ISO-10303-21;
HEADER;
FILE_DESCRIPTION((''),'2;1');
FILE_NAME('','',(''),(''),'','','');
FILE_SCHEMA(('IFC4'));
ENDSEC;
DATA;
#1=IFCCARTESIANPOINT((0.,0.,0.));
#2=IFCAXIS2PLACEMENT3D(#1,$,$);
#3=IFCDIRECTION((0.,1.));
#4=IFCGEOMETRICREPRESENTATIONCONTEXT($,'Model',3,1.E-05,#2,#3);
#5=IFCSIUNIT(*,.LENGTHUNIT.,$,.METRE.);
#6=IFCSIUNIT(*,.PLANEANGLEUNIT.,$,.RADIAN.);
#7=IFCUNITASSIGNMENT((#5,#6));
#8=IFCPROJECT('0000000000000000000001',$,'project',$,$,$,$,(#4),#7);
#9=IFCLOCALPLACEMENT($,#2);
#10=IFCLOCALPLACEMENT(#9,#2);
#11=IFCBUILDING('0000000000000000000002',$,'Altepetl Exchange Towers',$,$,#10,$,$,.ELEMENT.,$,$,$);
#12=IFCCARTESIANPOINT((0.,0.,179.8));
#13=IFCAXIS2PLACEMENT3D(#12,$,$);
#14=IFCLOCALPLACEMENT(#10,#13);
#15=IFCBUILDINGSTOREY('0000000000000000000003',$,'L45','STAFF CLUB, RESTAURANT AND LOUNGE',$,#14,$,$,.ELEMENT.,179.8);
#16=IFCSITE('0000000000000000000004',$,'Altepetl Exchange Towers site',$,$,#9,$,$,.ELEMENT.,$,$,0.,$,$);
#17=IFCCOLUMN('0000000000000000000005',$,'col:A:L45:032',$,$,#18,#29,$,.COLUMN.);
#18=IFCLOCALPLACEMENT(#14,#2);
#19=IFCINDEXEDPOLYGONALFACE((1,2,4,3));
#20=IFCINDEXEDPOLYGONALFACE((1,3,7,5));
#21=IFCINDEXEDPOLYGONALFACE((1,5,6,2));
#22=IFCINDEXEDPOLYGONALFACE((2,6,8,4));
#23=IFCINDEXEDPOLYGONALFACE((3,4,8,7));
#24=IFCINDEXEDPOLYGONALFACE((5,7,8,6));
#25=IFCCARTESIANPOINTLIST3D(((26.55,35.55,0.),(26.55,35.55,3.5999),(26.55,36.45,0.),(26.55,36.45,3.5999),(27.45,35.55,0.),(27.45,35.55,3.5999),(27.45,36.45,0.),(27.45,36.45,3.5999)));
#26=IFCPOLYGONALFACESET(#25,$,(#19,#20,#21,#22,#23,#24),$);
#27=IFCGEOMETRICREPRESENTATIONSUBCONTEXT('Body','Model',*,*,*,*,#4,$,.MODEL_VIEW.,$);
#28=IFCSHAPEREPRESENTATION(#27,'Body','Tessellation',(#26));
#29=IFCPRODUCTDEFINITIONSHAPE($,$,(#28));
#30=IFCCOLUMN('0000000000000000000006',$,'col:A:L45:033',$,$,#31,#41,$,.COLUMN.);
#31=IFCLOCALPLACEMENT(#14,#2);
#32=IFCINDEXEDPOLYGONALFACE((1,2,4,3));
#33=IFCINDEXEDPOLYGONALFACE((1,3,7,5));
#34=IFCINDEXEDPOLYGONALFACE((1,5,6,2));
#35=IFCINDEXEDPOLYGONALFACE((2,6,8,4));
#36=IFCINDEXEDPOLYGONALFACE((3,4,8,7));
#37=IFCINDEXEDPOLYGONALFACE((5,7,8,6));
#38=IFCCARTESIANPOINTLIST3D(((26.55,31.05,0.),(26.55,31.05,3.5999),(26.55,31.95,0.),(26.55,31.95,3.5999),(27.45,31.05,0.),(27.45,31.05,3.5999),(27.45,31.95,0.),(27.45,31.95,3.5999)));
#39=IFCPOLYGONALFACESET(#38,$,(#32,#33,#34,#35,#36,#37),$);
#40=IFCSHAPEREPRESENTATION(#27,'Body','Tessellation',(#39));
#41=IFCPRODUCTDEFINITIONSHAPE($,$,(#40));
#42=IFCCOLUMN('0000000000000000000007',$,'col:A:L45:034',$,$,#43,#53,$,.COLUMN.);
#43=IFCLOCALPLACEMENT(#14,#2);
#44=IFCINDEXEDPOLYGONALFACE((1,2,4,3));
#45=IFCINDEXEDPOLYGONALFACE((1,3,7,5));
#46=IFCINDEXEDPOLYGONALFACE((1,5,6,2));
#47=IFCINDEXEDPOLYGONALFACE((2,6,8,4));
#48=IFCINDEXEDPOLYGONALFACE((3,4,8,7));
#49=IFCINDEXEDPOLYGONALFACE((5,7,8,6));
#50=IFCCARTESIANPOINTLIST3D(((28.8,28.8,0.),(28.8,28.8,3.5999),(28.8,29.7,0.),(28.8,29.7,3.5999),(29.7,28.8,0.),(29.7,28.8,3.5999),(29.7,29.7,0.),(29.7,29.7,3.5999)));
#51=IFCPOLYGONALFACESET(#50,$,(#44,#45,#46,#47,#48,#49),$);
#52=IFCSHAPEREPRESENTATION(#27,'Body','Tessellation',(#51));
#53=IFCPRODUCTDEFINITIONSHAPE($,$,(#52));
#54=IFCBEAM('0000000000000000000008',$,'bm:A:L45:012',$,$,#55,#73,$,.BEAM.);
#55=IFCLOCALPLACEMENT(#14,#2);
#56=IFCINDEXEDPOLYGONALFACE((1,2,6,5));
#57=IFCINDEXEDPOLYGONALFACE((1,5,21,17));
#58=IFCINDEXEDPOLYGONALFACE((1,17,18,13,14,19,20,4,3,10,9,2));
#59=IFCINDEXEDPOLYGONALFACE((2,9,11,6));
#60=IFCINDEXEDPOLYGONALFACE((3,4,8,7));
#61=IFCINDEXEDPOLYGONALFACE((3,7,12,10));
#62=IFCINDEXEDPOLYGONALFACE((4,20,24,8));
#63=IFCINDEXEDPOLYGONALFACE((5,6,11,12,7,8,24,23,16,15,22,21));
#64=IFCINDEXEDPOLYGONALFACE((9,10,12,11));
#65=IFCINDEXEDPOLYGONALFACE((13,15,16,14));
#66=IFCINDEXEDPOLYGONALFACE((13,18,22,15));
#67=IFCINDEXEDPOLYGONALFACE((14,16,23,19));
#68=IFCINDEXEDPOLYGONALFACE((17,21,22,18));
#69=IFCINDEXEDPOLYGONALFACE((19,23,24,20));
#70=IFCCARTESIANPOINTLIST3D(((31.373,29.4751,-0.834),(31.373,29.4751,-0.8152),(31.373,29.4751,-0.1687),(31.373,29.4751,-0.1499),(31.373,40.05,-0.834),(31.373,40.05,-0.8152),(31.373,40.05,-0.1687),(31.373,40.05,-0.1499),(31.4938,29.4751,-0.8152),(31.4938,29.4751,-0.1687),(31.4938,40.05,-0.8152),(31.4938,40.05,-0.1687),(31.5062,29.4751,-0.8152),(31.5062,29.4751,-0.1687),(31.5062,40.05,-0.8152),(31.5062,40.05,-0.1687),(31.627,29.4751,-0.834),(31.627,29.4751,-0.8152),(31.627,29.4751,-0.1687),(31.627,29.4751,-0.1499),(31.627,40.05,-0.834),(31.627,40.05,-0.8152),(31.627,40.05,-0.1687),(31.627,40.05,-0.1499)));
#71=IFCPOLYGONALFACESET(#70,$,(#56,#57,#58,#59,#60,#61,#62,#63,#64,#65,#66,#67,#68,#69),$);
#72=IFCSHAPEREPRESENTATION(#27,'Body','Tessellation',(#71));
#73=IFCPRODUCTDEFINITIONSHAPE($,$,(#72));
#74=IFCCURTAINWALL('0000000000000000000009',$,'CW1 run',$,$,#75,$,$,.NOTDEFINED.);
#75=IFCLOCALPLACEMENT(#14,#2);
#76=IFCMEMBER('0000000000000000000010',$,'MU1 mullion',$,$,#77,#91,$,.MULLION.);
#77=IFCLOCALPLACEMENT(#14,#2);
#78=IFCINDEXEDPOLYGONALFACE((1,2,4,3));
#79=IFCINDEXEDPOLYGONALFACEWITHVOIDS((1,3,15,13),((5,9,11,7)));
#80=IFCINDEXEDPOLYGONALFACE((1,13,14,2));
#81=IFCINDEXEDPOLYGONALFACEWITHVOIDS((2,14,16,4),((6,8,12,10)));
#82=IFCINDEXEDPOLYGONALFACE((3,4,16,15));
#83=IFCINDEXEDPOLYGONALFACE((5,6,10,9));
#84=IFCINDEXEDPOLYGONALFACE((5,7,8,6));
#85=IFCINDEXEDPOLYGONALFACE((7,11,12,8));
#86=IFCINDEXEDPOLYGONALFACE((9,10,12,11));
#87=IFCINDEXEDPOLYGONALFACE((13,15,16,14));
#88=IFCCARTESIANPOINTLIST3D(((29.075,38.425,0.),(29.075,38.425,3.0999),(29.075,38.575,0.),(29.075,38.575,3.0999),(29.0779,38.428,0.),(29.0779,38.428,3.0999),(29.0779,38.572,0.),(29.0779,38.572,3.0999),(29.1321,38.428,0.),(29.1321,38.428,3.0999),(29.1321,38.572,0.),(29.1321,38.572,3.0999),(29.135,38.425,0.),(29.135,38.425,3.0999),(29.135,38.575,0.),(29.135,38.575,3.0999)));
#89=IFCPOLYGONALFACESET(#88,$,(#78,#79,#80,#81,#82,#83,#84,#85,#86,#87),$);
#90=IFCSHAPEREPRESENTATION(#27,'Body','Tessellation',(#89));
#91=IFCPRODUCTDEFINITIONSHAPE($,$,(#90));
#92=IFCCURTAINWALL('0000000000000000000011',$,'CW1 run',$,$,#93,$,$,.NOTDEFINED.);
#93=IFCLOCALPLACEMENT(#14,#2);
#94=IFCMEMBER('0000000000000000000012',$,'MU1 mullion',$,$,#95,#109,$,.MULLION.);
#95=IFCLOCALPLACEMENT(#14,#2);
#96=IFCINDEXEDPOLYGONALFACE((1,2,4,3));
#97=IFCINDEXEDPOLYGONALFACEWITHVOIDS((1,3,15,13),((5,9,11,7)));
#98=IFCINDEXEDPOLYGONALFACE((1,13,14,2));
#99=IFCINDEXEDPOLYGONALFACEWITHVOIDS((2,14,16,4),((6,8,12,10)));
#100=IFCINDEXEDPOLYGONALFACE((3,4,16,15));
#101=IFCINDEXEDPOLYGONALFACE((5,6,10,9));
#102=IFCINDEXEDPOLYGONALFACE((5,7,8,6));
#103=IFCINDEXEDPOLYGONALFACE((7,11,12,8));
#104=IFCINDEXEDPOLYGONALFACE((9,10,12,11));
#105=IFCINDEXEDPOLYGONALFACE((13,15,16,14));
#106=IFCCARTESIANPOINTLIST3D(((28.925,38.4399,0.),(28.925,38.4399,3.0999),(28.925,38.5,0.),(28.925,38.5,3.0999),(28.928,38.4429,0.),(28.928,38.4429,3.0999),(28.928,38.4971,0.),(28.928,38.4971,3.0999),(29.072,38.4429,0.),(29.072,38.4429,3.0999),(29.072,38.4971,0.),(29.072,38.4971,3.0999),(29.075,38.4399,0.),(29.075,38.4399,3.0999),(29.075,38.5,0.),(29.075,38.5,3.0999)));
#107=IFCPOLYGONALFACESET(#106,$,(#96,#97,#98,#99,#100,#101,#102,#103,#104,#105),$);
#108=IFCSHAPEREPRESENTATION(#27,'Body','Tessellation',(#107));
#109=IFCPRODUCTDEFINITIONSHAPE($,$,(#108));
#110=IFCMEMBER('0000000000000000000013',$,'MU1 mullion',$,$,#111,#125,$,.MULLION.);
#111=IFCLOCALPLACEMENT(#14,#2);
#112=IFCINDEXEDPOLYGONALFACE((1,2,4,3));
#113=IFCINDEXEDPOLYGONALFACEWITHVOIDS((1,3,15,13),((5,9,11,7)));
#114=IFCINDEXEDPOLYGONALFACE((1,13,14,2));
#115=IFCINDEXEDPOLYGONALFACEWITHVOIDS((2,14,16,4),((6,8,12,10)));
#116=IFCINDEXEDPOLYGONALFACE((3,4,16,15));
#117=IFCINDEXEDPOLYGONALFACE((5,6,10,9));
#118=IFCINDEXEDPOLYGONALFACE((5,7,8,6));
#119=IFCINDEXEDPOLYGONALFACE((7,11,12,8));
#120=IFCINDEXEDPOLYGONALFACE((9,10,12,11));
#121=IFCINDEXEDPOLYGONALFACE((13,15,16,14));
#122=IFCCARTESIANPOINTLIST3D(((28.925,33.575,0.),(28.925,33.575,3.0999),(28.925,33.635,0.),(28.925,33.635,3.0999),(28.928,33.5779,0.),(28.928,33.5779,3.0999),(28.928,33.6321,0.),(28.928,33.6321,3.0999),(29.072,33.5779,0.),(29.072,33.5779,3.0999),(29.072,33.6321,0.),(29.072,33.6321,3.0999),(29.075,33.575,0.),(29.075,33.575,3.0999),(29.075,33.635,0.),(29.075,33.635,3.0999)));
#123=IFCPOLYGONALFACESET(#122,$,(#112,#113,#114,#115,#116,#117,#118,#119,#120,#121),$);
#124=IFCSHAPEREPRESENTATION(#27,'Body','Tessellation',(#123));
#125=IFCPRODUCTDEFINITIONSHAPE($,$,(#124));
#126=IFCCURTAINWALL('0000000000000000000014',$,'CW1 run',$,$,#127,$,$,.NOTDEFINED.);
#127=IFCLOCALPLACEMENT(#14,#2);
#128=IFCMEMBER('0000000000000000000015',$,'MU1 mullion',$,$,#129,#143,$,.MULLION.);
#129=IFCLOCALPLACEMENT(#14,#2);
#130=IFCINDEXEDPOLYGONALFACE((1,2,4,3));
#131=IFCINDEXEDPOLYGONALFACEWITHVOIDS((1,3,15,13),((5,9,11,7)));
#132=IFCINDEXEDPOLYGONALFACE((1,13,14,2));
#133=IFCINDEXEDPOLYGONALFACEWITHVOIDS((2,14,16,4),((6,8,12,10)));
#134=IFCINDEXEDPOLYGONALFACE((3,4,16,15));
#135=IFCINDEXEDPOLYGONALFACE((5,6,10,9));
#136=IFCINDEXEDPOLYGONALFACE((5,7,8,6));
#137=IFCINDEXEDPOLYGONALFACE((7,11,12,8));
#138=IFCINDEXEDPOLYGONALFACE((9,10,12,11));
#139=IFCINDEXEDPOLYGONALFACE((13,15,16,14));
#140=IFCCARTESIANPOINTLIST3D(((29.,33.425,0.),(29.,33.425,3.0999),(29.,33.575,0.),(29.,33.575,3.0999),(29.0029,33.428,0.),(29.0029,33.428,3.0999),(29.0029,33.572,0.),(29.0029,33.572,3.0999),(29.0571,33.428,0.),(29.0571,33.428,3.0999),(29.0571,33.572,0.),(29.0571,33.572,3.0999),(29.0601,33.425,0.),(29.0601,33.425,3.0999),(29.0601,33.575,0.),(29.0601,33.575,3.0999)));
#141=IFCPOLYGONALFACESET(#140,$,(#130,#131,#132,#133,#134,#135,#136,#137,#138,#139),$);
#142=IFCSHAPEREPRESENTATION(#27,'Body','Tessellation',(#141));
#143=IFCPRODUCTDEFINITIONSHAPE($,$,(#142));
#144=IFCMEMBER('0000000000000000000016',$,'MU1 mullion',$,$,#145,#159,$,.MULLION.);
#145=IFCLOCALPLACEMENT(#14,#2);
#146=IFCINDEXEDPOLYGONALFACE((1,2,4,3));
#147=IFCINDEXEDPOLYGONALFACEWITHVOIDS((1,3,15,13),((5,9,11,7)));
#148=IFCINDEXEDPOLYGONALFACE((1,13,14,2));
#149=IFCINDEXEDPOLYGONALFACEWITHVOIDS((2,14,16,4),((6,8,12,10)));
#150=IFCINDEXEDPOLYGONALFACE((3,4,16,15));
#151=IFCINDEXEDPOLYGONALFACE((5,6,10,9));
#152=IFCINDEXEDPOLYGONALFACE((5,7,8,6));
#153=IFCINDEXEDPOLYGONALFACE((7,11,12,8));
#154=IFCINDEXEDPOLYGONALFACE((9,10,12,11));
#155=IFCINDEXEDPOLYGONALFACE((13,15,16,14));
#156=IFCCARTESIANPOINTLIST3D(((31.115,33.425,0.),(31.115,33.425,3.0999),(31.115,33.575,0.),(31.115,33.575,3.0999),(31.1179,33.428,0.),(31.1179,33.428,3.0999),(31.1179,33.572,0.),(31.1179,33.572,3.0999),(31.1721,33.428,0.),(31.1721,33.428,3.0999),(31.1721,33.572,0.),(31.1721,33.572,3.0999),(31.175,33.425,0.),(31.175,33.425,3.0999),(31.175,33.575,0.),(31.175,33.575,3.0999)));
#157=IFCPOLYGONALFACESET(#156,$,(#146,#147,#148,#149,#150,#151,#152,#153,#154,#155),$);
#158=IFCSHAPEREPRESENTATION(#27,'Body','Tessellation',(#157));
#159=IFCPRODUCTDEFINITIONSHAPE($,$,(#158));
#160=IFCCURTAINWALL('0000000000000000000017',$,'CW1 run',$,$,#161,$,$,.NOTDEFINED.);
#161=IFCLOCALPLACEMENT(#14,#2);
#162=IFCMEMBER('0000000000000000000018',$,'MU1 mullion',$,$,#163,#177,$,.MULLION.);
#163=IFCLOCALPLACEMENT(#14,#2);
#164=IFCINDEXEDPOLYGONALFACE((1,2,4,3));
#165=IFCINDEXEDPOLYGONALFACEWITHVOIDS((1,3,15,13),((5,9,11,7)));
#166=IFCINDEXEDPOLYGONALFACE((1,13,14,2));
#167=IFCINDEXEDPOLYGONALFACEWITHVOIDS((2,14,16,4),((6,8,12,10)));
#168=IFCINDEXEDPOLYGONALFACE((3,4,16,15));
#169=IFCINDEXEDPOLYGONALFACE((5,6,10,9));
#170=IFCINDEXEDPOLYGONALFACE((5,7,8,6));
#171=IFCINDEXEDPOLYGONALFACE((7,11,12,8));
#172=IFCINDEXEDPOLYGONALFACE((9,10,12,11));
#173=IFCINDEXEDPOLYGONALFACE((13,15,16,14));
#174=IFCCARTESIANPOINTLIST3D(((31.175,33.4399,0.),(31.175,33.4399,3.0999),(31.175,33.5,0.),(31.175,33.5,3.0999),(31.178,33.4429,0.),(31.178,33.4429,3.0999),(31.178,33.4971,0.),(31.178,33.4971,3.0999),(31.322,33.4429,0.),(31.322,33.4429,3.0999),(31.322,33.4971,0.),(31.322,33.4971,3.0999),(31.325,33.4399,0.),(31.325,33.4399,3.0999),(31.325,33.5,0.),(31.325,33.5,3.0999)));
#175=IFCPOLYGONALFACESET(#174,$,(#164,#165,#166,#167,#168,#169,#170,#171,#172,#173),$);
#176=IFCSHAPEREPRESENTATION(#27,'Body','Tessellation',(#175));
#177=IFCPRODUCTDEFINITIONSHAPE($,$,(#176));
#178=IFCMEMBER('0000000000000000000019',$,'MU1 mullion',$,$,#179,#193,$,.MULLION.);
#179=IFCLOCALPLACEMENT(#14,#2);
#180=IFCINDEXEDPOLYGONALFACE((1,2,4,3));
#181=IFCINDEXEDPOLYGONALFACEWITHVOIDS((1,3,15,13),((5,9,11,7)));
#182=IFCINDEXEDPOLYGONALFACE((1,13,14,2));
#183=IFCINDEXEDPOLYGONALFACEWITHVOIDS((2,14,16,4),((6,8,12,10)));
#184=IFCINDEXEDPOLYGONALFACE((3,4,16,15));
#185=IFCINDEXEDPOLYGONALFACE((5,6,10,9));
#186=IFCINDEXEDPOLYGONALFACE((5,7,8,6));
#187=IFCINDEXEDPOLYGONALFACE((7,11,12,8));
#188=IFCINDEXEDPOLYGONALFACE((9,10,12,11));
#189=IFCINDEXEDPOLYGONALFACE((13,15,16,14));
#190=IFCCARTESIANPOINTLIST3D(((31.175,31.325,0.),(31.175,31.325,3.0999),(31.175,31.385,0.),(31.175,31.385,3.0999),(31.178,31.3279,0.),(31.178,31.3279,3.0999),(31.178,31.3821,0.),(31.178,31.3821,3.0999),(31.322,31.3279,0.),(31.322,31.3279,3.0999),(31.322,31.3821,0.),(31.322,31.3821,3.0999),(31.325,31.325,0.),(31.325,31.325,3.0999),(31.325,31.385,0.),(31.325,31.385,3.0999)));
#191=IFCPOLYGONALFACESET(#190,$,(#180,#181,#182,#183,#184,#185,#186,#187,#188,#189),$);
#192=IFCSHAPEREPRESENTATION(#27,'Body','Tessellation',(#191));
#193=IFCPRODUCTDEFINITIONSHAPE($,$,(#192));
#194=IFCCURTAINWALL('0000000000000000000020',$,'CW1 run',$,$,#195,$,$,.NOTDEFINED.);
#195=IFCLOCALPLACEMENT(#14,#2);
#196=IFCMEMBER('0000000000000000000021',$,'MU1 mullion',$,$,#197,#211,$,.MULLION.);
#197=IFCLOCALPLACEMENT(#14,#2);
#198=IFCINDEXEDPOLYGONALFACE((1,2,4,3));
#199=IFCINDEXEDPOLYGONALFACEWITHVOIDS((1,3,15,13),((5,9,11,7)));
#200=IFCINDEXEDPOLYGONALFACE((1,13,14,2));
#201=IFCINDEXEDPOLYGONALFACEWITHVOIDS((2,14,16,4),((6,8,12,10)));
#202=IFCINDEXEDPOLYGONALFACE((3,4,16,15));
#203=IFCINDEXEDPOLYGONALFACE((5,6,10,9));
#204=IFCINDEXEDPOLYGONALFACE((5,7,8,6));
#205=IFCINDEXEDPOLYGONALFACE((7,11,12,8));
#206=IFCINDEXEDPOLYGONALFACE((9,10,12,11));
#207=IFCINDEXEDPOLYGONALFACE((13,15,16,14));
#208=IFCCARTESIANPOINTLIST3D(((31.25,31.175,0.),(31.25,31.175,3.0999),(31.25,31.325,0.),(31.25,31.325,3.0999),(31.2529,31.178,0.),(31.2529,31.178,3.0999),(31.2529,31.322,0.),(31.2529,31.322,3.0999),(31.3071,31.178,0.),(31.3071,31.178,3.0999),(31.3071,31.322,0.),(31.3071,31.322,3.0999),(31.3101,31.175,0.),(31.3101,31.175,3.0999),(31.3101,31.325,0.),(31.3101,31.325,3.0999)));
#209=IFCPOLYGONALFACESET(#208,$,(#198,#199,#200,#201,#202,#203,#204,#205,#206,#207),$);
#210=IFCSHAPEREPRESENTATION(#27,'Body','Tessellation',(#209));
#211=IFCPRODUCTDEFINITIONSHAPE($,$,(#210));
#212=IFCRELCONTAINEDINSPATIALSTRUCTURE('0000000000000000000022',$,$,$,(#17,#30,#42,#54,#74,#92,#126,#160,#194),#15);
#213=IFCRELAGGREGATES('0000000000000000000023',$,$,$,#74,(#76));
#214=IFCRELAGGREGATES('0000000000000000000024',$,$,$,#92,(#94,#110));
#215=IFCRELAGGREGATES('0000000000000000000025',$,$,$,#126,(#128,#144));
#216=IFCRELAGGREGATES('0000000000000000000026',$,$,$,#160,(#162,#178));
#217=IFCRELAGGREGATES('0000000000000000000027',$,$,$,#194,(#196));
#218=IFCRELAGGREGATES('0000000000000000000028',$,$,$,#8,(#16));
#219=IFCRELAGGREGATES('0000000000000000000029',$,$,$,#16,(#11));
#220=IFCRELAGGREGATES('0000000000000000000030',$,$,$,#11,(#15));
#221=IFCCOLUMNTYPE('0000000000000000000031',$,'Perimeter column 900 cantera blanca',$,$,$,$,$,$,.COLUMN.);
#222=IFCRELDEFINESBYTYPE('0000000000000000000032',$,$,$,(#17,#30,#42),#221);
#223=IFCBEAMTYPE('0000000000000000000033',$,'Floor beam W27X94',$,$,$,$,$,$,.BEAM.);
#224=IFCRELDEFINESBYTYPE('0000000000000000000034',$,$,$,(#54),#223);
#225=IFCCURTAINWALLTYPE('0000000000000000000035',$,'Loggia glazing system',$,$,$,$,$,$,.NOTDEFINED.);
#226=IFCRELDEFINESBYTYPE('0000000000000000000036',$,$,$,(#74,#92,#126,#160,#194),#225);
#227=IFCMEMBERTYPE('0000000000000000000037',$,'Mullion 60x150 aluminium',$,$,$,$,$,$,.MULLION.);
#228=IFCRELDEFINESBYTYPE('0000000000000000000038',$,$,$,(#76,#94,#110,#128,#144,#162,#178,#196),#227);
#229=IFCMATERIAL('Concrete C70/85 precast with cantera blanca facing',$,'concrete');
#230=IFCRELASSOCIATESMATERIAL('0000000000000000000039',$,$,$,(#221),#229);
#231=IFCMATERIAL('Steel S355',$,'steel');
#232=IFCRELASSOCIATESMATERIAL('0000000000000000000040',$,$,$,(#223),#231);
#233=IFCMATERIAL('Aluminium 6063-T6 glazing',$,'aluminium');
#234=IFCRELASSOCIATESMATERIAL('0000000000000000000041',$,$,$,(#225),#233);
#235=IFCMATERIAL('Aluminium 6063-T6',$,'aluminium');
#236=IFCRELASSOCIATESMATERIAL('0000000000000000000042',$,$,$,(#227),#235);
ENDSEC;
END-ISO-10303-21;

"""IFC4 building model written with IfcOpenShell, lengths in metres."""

from ifc_helpers import new_model, si_unit, direction, frame, origin, origin_2d, place, context, subcontext, project, spatial, rectangle, hollow_rectangle, i_section, extrude, material, material_profile, profile_set, type_object, element, aggregate, save


model = new_model("IFC4")

# Units and contexts
model_context = context("Model", 3, precision=1e-05, world=origin(), true_north=direction((0.0, 1.0)))
body_context = subcontext(model_context, "Body", "Model", "MODEL_VIEW")
ifc_project = project(units=[si_unit("LENGTHUNIT", "METRE"), si_unit("PLANEANGLEUNIT", "RADIAN")], contexts=[model_context])

# Site, building, storey
site_placement = place(None, origin())
site = spatial("IfcSite", under=ifc_project, at=site_placement, Name="Altepetl Exchange Towers site", CompositionType="ELEMENT", RefElevation=0.0)
building_placement = place(site_placement, origin())
building = spatial("IfcBuilding", under=site, at=building_placement, Name="Altepetl Exchange Towers", CompositionType="ELEMENT")
storey_placement = place(building_placement, frame((0.0, 0.0, 179.8)))
storey = spatial("IfcBuildingStorey", under=building, at=storey_placement, Name="L45", Description="STAFF CLUB, RESTAURANT AND LOUNGE", CompositionType="ELEMENT", Elevation=179.8)

# Columns
ifc_material_1 = material(Name="Concrete C70/85 precast with cantera blanca facing", Category="concrete")
ifc_material_profile_1 = material_profile(ifc_material_1, rectangle(XDim=0.8999, YDim=0.8999, at=origin_2d()), Name="900 x 900")
ifc_profile_set_1 = profile_set([ifc_material_profile_1], Name="Concrete C70/85 precast with cantera blanca facing")
column_type = type_object("IfcColumnType", Name="Perimeter column 900 cantera blanca", PredefinedType="COLUMN", material=ifc_profile_set_1)
for number, where, name in (
    (1, (27.0, 36.0, 0.0), "col:A:L45:032"),
    (2, (27.0, 31.5, 0.0), "col:A:L45:033"),
    (3, (29.25, 29.25, 0.0), "col:A:L45:034"),
):
    element("IfcColumn", number, at=place(storey_placement, frame(where)), inside=storey, type_object=column_type, Name=name, PredefinedType="COLUMN", context=body_context, shape_type="SweptSolid", body=[
        extrude(rectangle(XDim=0.8999, YDim=0.8999, at=origin_2d()), origin(), (0.0, 0.0, 1.0), 3.5999),
    ])

# Beam
ifc_material_2 = material(Name="Steel S355", Category="steel")
ifc_material_profile_2 = material_profile(ifc_material_2, i_section(OverallWidth=0.2539, OverallDepth=0.6841, WebThickness=0.0125, FlangeThickness=0.0188, at=origin_2d()), Name="W27X94")
ifc_profile_set_2 = profile_set([ifc_material_profile_2], Name="Steel S355")
beam_type_1 = type_object("IfcBeamType", Name="Floor beam W27X94", PredefinedType="BEAM", material=ifc_profile_set_2)
beam_1_placement = place(storey_placement, frame((31.5, 29.4751, -0.4919), z_axis=(0.0, 1.0, 0.0), x_axis=(-1.0, 0.0, 0.0)))
element("IfcBeam", 4, at=beam_1_placement, inside=storey, type_object=beam_type_1, Name="bm:A:L45:012", PredefinedType="BEAM", context=body_context, shape_type="SweptSolid", body=[
    extrude(i_section(OverallWidth=0.2539, OverallDepth=0.6841, WebThickness=0.0125, FlangeThickness=0.0188, at=origin_2d()), origin(), (0.0, 0.0, 1.0), 10.575),
])

# Curtain wall, member
ifc_material_3 = material(Name="Aluminium 6063-T6 glazing", Category="aluminium")
curtain_wall_type = type_object("IfcCurtainWallType", Name="Loggia glazing system", PredefinedType="NOTDEFINED", material=ifc_material_3)
curtain_wall_1_placement = place(storey_placement, origin())
curtain_wall_1 = element("IfcCurtainWall", 5, at=curtain_wall_1_placement, inside=storey, type_object=curtain_wall_type, Name="CW1 run", PredefinedType="NOTDEFINED")
ifc_material_4 = material(Name="Aluminium 6063-T6", Category="aluminium")
ifc_material_profile_3 = material_profile(ifc_material_4, hollow_rectangle(XDim=0.0601, YDim=0.1499, WallThickness=0.0029, at=origin_2d()), Name="Mullion 60x150 aluminium")
ifc_profile_set_3 = profile_set([ifc_material_profile_3], Name="Aluminium 6063-T6")
member_type = type_object("IfcMemberType", Name="Mullion 60x150 aluminium", PredefinedType="MULLION", material=ifc_profile_set_3)
member_1_placement = place(storey_placement, frame((29.105, 38.5, 0.0), z_axis=(0.0, 0.0, 1.0), x_axis=(-1.0, 0.0, 0.0)))
member_1 = element("IfcMember", 6, at=member_1_placement, type_object=member_type, Name="MU1 mullion", PredefinedType="MULLION", context=body_context, shape_type="SweptSolid", body=[
    extrude(hollow_rectangle(XDim=0.0601, YDim=0.1499, WallThickness=0.0029, at=origin_2d()), origin(), (0.0, 0.0, 1.0), 3.0999),
])

# Curtain walls, members
curtain_wall_2_placement = place(storey_placement, origin())
curtain_wall_2 = element("IfcCurtainWall", 7, at=curtain_wall_2_placement, inside=storey, type_object=curtain_wall_type, Name="CW1 run", PredefinedType="NOTDEFINED")
member_2_placement = place(storey_placement, frame((29.0, 38.47, 0.0), z_axis=(0.0, 0.0, 1.0), x_axis=(0.0, -1.0, 0.0)))
member_2 = element("IfcMember", 8, at=member_2_placement, type_object=member_type, Name="MU1 mullion", PredefinedType="MULLION", context=body_context, shape_type="SweptSolid", body=[
    extrude(hollow_rectangle(XDim=0.0601, YDim=0.1499, WallThickness=0.0029, at=origin_2d()), origin(), (0.0, 0.0, 1.0), 3.0999),
])
member_3_placement = place(storey_placement, frame((29.0, 33.605, 0.0), z_axis=(0.0, 0.0, 1.0), x_axis=(0.0, -1.0, 0.0)))
member_3 = element("IfcMember", 9, at=member_3_placement, type_object=member_type, Name="MU1 mullion", PredefinedType="MULLION", context=body_context, shape_type="SweptSolid", body=[
    extrude(hollow_rectangle(XDim=0.0601, YDim=0.1499, WallThickness=0.0029, at=origin_2d()), origin(), (0.0, 0.0, 1.0), 3.0999),
])
curtain_wall_3_placement = place(storey_placement, origin())
curtain_wall_3 = element("IfcCurtainWall", 10, at=curtain_wall_3_placement, inside=storey, type_object=curtain_wall_type, Name="CW1 run", PredefinedType="NOTDEFINED")
member_4_placement = place(storey_placement, frame((29.03, 33.5, 0.0)))
member_4 = element("IfcMember", 11, at=member_4_placement, type_object=member_type, Name="MU1 mullion", PredefinedType="MULLION", context=body_context, shape_type="SweptSolid", body=[
    extrude(hollow_rectangle(XDim=0.0601, YDim=0.1499, WallThickness=0.0029, at=origin_2d()), origin(), (0.0, 0.0, 1.0), 3.0999),
])
member_5_placement = place(storey_placement, frame((31.145, 33.5, 0.0)))
member_5 = element("IfcMember", 12, at=member_5_placement, type_object=member_type, Name="MU1 mullion", PredefinedType="MULLION", context=body_context, shape_type="SweptSolid", body=[
    extrude(hollow_rectangle(XDim=0.0601, YDim=0.1499, WallThickness=0.0029, at=origin_2d()), origin(), (0.0, 0.0, 1.0), 3.0999),
])
curtain_wall_4_placement = place(storey_placement, origin())
curtain_wall_4 = element("IfcCurtainWall", 13, at=curtain_wall_4_placement, inside=storey, type_object=curtain_wall_type, Name="CW1 run", PredefinedType="NOTDEFINED")
member_6_placement = place(storey_placement, frame((31.25, 33.47, 0.0), z_axis=(0.0, 0.0, 1.0), x_axis=(0.0, -1.0, 0.0)))
member_6 = element("IfcMember", 14, at=member_6_placement, type_object=member_type, Name="MU1 mullion", PredefinedType="MULLION", context=body_context, shape_type="SweptSolid", body=[
    extrude(hollow_rectangle(XDim=0.0601, YDim=0.1499, WallThickness=0.0029, at=origin_2d()), origin(), (0.0, 0.0, 1.0), 3.0999),
])
member_7_placement = place(storey_placement, frame((31.25, 31.355, 0.0), z_axis=(0.0, 0.0, 1.0), x_axis=(0.0, -1.0, 0.0)))
member_7 = element("IfcMember", 15, at=member_7_placement, type_object=member_type, Name="MU1 mullion", PredefinedType="MULLION", context=body_context, shape_type="SweptSolid", body=[
    extrude(hollow_rectangle(XDim=0.0601, YDim=0.1499, WallThickness=0.0029, at=origin_2d()), origin(), (0.0, 0.0, 1.0), 3.0999),
])
curtain_wall_5_placement = place(storey_placement, origin())
curtain_wall_5 = element("IfcCurtainWall", 16, at=curtain_wall_5_placement, inside=storey, type_object=curtain_wall_type, Name="CW1 run", PredefinedType="NOTDEFINED")
member_8_placement = place(storey_placement, frame((31.28, 31.25, 0.0)))
member_8 = element("IfcMember", 17, at=member_8_placement, type_object=member_type, Name="MU1 mullion", PredefinedType="MULLION", context=body_context, shape_type="SweptSolid", body=[
    extrude(hollow_rectangle(XDim=0.0601, YDim=0.1499, WallThickness=0.0029, at=origin_2d()), origin(), (0.0, 0.0, 1.0), 3.0999),
])

aggregate(curtain_wall_1, [member_1])
aggregate(curtain_wall_2, [member_2, member_3])
aggregate(curtain_wall_3, [member_4, member_5])
aggregate(curtain_wall_4, [member_6, member_7])
aggregate(curtain_wall_5, [member_8])

save(model, "model.ifc")
